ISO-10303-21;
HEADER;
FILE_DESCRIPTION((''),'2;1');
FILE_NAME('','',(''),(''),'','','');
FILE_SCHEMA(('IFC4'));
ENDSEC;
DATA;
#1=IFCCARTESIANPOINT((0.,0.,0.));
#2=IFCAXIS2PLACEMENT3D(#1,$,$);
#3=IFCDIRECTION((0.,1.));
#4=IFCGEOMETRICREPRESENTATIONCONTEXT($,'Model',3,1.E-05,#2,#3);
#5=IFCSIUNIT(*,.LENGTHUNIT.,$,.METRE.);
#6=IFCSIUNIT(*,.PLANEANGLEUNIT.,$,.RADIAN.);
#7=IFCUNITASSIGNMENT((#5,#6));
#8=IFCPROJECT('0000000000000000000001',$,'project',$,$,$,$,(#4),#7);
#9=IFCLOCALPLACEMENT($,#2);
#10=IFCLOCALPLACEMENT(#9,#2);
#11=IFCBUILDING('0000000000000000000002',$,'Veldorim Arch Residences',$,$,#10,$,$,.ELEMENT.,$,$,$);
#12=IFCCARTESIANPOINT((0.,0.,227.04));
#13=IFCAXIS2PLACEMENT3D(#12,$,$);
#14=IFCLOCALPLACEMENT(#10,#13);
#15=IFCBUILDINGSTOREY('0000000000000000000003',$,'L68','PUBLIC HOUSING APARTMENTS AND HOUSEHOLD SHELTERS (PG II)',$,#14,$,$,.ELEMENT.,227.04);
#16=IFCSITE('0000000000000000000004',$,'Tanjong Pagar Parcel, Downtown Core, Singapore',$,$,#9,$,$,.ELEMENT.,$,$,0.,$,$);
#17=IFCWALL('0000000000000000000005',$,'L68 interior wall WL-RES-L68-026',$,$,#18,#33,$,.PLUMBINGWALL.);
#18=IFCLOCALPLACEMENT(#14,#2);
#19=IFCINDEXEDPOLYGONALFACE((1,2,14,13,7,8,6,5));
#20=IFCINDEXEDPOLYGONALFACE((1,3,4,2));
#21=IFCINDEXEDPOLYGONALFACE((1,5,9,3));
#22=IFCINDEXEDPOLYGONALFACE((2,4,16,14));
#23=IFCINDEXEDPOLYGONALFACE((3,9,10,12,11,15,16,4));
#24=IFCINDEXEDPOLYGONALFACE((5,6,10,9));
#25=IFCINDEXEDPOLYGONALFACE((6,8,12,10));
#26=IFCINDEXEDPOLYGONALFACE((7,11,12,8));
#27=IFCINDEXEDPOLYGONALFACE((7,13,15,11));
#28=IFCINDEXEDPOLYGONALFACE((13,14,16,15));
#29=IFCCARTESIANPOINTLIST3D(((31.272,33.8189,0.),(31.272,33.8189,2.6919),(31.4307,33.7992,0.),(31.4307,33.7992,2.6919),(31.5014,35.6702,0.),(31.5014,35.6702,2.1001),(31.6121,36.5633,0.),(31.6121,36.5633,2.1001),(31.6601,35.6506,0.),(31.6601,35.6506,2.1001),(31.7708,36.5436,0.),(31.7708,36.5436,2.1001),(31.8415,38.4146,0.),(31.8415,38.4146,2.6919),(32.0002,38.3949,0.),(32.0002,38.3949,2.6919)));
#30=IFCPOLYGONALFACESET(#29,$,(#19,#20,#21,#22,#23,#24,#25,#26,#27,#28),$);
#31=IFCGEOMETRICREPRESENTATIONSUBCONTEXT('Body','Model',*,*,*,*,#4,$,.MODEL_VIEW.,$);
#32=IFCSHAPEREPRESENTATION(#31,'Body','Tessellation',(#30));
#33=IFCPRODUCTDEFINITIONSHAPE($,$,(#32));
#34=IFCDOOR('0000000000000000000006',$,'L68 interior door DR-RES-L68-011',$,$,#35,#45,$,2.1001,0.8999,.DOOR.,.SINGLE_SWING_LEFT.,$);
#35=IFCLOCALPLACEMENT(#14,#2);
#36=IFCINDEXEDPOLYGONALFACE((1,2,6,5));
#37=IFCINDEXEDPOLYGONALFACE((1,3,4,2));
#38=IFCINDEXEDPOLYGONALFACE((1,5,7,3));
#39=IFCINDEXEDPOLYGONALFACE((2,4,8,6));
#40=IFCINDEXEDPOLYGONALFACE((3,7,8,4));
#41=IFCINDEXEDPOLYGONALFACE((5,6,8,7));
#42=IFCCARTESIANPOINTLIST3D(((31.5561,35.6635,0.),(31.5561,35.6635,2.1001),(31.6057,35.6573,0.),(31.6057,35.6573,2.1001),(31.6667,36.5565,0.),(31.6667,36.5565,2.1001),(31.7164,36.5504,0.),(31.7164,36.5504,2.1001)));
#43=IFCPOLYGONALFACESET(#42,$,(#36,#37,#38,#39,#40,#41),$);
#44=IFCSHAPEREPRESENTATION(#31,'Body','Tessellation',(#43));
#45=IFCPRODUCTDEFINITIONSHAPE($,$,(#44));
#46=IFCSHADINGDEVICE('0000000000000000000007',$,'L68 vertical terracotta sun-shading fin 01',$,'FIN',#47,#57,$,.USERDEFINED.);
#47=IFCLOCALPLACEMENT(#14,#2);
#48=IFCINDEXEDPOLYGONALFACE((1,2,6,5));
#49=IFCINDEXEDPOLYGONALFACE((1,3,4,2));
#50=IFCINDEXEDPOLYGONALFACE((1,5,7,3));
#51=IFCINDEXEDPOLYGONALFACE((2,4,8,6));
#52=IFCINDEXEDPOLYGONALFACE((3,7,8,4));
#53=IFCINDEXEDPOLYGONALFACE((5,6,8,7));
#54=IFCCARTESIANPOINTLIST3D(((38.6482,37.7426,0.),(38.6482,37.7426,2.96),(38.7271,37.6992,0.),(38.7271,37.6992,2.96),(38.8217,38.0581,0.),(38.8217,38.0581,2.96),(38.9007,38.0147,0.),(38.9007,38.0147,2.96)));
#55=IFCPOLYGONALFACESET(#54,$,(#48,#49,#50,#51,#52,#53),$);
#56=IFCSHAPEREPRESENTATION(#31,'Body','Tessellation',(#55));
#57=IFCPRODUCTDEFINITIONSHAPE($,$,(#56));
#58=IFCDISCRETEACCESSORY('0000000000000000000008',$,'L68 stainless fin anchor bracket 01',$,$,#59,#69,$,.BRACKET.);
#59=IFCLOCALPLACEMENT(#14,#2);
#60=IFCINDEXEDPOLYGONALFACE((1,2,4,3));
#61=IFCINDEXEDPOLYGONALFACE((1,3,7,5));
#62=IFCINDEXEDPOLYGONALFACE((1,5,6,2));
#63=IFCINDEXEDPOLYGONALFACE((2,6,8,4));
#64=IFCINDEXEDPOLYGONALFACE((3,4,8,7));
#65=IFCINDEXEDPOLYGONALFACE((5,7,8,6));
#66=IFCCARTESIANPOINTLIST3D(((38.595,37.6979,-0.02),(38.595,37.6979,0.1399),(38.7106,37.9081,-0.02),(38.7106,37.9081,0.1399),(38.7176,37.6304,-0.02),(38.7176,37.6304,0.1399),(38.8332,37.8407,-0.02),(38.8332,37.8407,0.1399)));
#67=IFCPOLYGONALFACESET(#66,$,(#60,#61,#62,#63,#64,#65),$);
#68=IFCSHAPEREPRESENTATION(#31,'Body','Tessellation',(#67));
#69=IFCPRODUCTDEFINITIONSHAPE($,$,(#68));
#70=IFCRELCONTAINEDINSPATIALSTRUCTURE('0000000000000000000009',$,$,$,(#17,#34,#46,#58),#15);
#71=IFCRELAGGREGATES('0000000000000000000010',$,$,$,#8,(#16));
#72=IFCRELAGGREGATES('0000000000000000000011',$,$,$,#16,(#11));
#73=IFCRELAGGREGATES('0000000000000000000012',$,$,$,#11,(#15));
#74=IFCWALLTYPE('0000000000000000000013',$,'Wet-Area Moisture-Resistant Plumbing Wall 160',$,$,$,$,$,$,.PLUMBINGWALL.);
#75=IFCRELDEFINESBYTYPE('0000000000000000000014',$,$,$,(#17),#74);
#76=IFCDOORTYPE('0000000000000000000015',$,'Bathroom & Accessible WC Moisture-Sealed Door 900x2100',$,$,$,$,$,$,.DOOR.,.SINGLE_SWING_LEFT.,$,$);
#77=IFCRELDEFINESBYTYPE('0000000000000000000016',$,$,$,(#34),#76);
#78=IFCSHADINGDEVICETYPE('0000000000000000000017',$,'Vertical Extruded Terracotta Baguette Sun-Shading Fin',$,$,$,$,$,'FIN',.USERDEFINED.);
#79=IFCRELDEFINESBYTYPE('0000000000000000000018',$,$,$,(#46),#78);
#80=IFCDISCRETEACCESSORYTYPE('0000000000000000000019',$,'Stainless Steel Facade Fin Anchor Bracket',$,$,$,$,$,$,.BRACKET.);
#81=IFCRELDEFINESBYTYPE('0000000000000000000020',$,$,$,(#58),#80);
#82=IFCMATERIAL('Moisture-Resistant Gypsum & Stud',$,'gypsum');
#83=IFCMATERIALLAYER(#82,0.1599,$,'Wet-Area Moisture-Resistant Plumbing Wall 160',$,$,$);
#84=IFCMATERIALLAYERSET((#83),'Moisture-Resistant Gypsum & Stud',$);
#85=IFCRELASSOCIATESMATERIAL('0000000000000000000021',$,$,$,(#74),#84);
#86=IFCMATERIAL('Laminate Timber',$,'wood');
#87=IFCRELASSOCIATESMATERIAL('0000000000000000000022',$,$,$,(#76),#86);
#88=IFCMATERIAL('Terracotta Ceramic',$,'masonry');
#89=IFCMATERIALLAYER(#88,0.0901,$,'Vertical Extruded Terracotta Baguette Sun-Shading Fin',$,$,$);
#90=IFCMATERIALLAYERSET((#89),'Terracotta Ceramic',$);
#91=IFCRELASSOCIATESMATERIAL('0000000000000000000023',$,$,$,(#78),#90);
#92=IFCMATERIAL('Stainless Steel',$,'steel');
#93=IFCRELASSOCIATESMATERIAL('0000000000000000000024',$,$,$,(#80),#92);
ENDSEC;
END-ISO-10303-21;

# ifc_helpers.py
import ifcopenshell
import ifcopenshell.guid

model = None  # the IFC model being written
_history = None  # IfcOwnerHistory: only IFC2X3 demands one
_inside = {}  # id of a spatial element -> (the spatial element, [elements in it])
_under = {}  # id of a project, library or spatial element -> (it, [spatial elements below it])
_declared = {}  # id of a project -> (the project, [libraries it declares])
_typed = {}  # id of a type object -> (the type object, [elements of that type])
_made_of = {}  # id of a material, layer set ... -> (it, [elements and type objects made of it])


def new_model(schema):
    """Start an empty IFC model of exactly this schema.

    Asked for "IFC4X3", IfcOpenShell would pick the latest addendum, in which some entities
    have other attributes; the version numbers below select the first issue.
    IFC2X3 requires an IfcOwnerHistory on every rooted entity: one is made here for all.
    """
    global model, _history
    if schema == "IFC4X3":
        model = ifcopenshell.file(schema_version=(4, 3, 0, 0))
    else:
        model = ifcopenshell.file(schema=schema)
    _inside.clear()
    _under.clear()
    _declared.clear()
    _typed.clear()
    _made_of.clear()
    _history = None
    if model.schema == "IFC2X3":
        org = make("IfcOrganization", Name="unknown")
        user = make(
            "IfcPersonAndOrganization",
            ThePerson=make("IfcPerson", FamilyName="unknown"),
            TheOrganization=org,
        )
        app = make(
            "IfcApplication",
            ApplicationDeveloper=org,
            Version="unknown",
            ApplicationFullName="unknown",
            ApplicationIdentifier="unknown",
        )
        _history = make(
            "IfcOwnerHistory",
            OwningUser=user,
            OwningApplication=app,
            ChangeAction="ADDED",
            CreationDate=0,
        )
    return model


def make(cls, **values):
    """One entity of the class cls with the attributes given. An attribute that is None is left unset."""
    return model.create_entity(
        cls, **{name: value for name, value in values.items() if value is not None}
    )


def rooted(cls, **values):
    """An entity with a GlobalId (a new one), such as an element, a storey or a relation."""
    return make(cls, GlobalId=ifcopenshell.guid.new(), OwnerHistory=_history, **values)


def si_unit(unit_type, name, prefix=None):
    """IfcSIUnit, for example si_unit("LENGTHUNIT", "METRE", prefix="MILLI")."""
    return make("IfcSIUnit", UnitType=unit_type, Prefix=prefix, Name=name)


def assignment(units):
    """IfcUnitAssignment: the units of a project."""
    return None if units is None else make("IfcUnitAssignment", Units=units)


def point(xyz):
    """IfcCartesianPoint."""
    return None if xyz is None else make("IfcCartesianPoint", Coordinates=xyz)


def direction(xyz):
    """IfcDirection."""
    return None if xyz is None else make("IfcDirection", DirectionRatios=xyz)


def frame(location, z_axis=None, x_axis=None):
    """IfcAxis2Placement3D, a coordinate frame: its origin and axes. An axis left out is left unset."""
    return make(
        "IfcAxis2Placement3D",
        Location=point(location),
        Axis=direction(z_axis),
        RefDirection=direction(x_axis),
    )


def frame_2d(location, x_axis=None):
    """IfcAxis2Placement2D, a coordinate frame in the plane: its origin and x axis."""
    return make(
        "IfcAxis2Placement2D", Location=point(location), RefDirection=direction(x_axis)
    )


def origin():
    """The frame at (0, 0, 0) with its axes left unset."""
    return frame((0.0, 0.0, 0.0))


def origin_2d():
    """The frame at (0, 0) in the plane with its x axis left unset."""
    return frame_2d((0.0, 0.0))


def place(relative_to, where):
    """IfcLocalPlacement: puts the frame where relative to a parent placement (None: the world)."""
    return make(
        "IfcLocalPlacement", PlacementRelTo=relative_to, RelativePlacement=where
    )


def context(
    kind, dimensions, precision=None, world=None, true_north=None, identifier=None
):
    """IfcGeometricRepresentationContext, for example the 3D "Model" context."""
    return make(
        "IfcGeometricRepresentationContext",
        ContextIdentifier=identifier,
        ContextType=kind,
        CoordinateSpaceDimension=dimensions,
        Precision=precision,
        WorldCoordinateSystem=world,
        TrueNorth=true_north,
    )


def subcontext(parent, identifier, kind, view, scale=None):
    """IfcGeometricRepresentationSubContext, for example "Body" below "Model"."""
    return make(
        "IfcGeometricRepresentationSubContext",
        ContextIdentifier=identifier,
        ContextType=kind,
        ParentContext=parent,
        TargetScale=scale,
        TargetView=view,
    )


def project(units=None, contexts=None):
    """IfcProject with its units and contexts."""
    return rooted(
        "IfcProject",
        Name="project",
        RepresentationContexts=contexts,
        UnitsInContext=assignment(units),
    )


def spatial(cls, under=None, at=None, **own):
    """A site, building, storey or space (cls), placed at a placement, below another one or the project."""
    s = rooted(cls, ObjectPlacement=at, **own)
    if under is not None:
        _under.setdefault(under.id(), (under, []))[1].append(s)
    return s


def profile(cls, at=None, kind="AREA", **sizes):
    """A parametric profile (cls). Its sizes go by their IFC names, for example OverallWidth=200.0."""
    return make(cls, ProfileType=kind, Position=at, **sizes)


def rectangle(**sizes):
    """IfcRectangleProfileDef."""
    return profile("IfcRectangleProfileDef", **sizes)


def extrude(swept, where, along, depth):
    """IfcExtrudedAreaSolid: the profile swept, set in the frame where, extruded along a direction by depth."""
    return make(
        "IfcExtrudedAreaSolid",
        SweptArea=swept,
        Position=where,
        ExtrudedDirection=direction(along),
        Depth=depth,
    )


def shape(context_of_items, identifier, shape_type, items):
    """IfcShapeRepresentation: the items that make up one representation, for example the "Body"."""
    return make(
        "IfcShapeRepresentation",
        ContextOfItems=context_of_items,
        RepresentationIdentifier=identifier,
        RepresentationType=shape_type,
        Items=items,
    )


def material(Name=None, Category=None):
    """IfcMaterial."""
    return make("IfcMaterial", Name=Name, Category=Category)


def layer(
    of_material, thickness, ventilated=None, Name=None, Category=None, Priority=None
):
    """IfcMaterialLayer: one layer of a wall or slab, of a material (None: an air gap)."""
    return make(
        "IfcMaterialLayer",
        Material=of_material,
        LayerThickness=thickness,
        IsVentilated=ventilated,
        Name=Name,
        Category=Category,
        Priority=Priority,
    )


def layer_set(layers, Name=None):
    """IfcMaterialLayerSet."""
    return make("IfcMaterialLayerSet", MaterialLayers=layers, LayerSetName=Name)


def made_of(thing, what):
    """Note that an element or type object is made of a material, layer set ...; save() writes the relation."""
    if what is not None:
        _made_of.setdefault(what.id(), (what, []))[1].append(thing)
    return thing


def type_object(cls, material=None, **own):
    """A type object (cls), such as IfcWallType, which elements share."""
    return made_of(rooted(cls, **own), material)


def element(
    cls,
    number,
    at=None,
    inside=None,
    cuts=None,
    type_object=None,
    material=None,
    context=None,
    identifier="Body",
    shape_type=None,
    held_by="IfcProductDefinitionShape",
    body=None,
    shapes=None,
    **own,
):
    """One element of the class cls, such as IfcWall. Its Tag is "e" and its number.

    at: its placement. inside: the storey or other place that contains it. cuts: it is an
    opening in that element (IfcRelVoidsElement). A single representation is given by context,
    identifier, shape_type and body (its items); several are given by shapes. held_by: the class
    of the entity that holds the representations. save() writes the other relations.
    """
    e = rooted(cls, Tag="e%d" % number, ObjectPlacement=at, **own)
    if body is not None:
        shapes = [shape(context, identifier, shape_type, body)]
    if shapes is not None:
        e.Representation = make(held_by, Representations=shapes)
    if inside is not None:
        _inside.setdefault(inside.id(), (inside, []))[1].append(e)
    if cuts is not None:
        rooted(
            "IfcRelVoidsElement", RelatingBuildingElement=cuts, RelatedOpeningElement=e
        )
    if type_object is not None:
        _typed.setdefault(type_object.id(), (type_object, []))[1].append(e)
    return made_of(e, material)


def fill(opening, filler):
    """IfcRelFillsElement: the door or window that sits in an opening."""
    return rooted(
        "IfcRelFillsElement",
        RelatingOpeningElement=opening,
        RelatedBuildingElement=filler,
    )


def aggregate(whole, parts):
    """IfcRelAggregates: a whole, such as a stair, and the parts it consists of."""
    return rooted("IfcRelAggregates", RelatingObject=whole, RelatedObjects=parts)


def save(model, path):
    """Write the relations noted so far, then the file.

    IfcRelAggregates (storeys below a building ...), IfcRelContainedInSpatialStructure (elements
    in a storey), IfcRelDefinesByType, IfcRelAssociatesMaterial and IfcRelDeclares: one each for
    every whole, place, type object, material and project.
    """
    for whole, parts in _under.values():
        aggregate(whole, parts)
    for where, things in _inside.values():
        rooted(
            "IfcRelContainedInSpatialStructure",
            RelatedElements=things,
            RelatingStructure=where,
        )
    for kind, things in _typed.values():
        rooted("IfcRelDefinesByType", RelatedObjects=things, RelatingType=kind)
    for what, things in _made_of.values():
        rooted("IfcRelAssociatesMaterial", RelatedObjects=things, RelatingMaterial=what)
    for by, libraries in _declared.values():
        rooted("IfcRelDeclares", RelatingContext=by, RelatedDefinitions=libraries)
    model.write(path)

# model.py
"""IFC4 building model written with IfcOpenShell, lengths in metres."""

from ifc_helpers import new_model, si_unit, direction, frame, frame_2d, origin, origin_2d, place, context, subcontext, project, spatial, rectangle, extrude, material, layer, layer_set, type_object, element, fill, save


model = new_model("IFC4")

# Units and contexts
model_context = context("Model", 3, precision=1e-05, world=origin(), true_north=direction((0.0, 1.0)))
body_context = subcontext(model_context, "Body", "Model", "MODEL_VIEW")
ifc_project = project(units=[si_unit("LENGTHUNIT", "METRE"), si_unit("PLANEANGLEUNIT", "RADIAN")], contexts=[model_context])

# Site, building, storey
site_placement = place(None, origin())
site = spatial("IfcSite", under=ifc_project, at=site_placement, Name="Tanjong Pagar Parcel, Downtown Core, Singapore", CompositionType="ELEMENT", RefElevation=0.0)
building_placement = place(site_placement, origin())
building = spatial("IfcBuilding", under=site, at=building_placement, Name="Veldorim Arch Residences", CompositionType="ELEMENT")
storey_placement = place(building_placement, frame((0.0, 0.0, 227.04)))
storey = spatial("IfcBuildingStorey", under=building, at=storey_placement, Name="L68", Description="PUBLIC HOUSING APARTMENTS AND HOUSEHOLD SHELTERS (PG II)", CompositionType="ELEMENT", Elevation=227.04)

# Wall, opening, door
ifc_material_1 = material(Name="Moisture-Resistant Gypsum & Stud", Category="gypsum")
ifc_layer_1 = layer(ifc_material_1, 0.1599, Name="Wet-Area Moisture-Resistant Plumbing Wall 160")
ifc_layer_set_1 = layer_set([ifc_layer_1], Name="Moisture-Resistant Gypsum & Stud")
wall_type_1 = type_object("IfcWallType", Name="Wet-Area Moisture-Resistant Plumbing Wall 160", PredefinedType="PLUMBINGWALL", material=ifc_layer_set_1)
wall_1_placement = place(storey_placement, frame((31.3513, 33.8091, 0.0), z_axis=(0.0, 0.0, 1.0), x_axis=(0.122996, 0.992407, 0.0)))
wall_1 = element("IfcWall", 1, at=wall_1_placement, inside=storey, type_object=wall_type_1, Name="L68 interior wall WL-RES-L68-026", PredefinedType="PLUMBINGWALL", context=body_context, shape_type="SweptSolid", body=[
    extrude(rectangle(XDim=4.6309, YDim=0.1599, at=frame_2d((2.3154, 0.0))), origin(), (0.0, 0.0, 1.0), 2.6919),
])
opening_1_placement = place(wall_1_placement, frame((1.8655, 0.0, 0.0)))
opening_1 = element("IfcOpeningElement", 2, at=opening_1_placement, cuts=wall_1, PredefinedType="OPENING", context=body_context, shape_type="SweptSolid", body=[
    extrude(rectangle(XDim=0.8999, YDim=2.1001, at=frame_2d((0.45, 1.05))), frame((0.0, 0.0898, 0.0), z_axis=(0.0, -1.0, 0.0), x_axis=(1.0, 0.0, 0.0)), (0.0, 0.0, 1.0), 0.1799),
])
ifc_material_2 = material(Name="Laminate Timber", Category="wood")
door_type_1 = type_object("IfcDoorType", Name="Bathroom & Accessible WC Moisture-Sealed Door 900x2100", OperationType="SINGLE_SWING_LEFT", PredefinedType="DOOR", material=ifc_material_2)
door_1_placement = place(opening_1_placement, origin())
door_1 = element("IfcDoor", 3, at=door_1_placement, inside=storey, type_object=door_type_1, Name="L68 interior door DR-RES-L68-011", OperationType="SINGLE_SWING_LEFT", OverallHeight=2.1001, OverallWidth=0.8999, PredefinedType="DOOR", context=body_context, shape_type="SweptSolid", body=[
    extrude(rectangle(XDim=0.8999, YDim=2.1001, at=frame_2d((0.45, 1.05))), frame((0.0, 0.0249, 0.0), z_axis=(0.0, -1.0, 0.0), x_axis=(1.0, 0.0, 0.0)), (0.0, 0.0, 1.0), 0.05),
])
fill(opening_1, door_1)

# Shading device
ifc_material_3 = material(Name="Terracotta Ceramic", Category="masonry")
ifc_layer_2 = layer(ifc_material_3, 0.0901, Name="Vertical Extruded Terracotta Baguette Sun-Shading Fin")
ifc_layer_set_2 = layer_set([ifc_layer_2], Name="Terracotta Ceramic")
shading_device_type = type_object("IfcShadingDeviceType", Name="Vertical Extruded Terracotta Baguette Sun-Shading Fin", ElementType="FIN", PredefinedType="USERDEFINED", material=ifc_layer_set_2)
shading_device_placement = place(storey_placement, frame((38.7744, 37.8787, 0.0), z_axis=(0.0, 0.0, 1.0), x_axis=(0.876223, -0.481907, 0.0)))
element("IfcShadingDevice", 4, at=shading_device_placement, inside=storey, type_object=shading_device_type, Name="L68 vertical terracotta sun-shading fin 01", ObjectType="FIN", PredefinedType="USERDEFINED", context=body_context, shape_type="SweptSolid", body=[
    extrude(rectangle(XDim=0.0901, YDim=0.3601, at=origin_2d()), origin(), (0.0, 0.0, 1.0), 2.96),
])

# Discrete accessory
ifc_material_4 = material(Name="Stainless Steel", Category="steel")
discrete_accessory_type = type_object("IfcDiscreteAccessoryType", Name="Stainless Steel Facade Fin Anchor Bracket", PredefinedType="BRACKET", material=ifc_material_4)
discrete_accessory_placement = place(storey_placement, frame((38.7141, 37.7693, -0.02), z_axis=(0.0, 0.0, 1.0), x_axis=(0.876223, -0.481907, 0.0)))
element("IfcDiscreteAccessory", 5, at=discrete_accessory_placement, inside=storey, type_object=discrete_accessory_type, Name="L68 stainless fin anchor bracket 01", PredefinedType="BRACKET", context=body_context, shape_type="SweptSolid", body=[
    extrude(rectangle(XDim=0.1399, YDim=0.24, at=origin_2d()), origin(), (0.0, 0.0, 1.0), 0.1599),
])

save(model, "model.ifc")
